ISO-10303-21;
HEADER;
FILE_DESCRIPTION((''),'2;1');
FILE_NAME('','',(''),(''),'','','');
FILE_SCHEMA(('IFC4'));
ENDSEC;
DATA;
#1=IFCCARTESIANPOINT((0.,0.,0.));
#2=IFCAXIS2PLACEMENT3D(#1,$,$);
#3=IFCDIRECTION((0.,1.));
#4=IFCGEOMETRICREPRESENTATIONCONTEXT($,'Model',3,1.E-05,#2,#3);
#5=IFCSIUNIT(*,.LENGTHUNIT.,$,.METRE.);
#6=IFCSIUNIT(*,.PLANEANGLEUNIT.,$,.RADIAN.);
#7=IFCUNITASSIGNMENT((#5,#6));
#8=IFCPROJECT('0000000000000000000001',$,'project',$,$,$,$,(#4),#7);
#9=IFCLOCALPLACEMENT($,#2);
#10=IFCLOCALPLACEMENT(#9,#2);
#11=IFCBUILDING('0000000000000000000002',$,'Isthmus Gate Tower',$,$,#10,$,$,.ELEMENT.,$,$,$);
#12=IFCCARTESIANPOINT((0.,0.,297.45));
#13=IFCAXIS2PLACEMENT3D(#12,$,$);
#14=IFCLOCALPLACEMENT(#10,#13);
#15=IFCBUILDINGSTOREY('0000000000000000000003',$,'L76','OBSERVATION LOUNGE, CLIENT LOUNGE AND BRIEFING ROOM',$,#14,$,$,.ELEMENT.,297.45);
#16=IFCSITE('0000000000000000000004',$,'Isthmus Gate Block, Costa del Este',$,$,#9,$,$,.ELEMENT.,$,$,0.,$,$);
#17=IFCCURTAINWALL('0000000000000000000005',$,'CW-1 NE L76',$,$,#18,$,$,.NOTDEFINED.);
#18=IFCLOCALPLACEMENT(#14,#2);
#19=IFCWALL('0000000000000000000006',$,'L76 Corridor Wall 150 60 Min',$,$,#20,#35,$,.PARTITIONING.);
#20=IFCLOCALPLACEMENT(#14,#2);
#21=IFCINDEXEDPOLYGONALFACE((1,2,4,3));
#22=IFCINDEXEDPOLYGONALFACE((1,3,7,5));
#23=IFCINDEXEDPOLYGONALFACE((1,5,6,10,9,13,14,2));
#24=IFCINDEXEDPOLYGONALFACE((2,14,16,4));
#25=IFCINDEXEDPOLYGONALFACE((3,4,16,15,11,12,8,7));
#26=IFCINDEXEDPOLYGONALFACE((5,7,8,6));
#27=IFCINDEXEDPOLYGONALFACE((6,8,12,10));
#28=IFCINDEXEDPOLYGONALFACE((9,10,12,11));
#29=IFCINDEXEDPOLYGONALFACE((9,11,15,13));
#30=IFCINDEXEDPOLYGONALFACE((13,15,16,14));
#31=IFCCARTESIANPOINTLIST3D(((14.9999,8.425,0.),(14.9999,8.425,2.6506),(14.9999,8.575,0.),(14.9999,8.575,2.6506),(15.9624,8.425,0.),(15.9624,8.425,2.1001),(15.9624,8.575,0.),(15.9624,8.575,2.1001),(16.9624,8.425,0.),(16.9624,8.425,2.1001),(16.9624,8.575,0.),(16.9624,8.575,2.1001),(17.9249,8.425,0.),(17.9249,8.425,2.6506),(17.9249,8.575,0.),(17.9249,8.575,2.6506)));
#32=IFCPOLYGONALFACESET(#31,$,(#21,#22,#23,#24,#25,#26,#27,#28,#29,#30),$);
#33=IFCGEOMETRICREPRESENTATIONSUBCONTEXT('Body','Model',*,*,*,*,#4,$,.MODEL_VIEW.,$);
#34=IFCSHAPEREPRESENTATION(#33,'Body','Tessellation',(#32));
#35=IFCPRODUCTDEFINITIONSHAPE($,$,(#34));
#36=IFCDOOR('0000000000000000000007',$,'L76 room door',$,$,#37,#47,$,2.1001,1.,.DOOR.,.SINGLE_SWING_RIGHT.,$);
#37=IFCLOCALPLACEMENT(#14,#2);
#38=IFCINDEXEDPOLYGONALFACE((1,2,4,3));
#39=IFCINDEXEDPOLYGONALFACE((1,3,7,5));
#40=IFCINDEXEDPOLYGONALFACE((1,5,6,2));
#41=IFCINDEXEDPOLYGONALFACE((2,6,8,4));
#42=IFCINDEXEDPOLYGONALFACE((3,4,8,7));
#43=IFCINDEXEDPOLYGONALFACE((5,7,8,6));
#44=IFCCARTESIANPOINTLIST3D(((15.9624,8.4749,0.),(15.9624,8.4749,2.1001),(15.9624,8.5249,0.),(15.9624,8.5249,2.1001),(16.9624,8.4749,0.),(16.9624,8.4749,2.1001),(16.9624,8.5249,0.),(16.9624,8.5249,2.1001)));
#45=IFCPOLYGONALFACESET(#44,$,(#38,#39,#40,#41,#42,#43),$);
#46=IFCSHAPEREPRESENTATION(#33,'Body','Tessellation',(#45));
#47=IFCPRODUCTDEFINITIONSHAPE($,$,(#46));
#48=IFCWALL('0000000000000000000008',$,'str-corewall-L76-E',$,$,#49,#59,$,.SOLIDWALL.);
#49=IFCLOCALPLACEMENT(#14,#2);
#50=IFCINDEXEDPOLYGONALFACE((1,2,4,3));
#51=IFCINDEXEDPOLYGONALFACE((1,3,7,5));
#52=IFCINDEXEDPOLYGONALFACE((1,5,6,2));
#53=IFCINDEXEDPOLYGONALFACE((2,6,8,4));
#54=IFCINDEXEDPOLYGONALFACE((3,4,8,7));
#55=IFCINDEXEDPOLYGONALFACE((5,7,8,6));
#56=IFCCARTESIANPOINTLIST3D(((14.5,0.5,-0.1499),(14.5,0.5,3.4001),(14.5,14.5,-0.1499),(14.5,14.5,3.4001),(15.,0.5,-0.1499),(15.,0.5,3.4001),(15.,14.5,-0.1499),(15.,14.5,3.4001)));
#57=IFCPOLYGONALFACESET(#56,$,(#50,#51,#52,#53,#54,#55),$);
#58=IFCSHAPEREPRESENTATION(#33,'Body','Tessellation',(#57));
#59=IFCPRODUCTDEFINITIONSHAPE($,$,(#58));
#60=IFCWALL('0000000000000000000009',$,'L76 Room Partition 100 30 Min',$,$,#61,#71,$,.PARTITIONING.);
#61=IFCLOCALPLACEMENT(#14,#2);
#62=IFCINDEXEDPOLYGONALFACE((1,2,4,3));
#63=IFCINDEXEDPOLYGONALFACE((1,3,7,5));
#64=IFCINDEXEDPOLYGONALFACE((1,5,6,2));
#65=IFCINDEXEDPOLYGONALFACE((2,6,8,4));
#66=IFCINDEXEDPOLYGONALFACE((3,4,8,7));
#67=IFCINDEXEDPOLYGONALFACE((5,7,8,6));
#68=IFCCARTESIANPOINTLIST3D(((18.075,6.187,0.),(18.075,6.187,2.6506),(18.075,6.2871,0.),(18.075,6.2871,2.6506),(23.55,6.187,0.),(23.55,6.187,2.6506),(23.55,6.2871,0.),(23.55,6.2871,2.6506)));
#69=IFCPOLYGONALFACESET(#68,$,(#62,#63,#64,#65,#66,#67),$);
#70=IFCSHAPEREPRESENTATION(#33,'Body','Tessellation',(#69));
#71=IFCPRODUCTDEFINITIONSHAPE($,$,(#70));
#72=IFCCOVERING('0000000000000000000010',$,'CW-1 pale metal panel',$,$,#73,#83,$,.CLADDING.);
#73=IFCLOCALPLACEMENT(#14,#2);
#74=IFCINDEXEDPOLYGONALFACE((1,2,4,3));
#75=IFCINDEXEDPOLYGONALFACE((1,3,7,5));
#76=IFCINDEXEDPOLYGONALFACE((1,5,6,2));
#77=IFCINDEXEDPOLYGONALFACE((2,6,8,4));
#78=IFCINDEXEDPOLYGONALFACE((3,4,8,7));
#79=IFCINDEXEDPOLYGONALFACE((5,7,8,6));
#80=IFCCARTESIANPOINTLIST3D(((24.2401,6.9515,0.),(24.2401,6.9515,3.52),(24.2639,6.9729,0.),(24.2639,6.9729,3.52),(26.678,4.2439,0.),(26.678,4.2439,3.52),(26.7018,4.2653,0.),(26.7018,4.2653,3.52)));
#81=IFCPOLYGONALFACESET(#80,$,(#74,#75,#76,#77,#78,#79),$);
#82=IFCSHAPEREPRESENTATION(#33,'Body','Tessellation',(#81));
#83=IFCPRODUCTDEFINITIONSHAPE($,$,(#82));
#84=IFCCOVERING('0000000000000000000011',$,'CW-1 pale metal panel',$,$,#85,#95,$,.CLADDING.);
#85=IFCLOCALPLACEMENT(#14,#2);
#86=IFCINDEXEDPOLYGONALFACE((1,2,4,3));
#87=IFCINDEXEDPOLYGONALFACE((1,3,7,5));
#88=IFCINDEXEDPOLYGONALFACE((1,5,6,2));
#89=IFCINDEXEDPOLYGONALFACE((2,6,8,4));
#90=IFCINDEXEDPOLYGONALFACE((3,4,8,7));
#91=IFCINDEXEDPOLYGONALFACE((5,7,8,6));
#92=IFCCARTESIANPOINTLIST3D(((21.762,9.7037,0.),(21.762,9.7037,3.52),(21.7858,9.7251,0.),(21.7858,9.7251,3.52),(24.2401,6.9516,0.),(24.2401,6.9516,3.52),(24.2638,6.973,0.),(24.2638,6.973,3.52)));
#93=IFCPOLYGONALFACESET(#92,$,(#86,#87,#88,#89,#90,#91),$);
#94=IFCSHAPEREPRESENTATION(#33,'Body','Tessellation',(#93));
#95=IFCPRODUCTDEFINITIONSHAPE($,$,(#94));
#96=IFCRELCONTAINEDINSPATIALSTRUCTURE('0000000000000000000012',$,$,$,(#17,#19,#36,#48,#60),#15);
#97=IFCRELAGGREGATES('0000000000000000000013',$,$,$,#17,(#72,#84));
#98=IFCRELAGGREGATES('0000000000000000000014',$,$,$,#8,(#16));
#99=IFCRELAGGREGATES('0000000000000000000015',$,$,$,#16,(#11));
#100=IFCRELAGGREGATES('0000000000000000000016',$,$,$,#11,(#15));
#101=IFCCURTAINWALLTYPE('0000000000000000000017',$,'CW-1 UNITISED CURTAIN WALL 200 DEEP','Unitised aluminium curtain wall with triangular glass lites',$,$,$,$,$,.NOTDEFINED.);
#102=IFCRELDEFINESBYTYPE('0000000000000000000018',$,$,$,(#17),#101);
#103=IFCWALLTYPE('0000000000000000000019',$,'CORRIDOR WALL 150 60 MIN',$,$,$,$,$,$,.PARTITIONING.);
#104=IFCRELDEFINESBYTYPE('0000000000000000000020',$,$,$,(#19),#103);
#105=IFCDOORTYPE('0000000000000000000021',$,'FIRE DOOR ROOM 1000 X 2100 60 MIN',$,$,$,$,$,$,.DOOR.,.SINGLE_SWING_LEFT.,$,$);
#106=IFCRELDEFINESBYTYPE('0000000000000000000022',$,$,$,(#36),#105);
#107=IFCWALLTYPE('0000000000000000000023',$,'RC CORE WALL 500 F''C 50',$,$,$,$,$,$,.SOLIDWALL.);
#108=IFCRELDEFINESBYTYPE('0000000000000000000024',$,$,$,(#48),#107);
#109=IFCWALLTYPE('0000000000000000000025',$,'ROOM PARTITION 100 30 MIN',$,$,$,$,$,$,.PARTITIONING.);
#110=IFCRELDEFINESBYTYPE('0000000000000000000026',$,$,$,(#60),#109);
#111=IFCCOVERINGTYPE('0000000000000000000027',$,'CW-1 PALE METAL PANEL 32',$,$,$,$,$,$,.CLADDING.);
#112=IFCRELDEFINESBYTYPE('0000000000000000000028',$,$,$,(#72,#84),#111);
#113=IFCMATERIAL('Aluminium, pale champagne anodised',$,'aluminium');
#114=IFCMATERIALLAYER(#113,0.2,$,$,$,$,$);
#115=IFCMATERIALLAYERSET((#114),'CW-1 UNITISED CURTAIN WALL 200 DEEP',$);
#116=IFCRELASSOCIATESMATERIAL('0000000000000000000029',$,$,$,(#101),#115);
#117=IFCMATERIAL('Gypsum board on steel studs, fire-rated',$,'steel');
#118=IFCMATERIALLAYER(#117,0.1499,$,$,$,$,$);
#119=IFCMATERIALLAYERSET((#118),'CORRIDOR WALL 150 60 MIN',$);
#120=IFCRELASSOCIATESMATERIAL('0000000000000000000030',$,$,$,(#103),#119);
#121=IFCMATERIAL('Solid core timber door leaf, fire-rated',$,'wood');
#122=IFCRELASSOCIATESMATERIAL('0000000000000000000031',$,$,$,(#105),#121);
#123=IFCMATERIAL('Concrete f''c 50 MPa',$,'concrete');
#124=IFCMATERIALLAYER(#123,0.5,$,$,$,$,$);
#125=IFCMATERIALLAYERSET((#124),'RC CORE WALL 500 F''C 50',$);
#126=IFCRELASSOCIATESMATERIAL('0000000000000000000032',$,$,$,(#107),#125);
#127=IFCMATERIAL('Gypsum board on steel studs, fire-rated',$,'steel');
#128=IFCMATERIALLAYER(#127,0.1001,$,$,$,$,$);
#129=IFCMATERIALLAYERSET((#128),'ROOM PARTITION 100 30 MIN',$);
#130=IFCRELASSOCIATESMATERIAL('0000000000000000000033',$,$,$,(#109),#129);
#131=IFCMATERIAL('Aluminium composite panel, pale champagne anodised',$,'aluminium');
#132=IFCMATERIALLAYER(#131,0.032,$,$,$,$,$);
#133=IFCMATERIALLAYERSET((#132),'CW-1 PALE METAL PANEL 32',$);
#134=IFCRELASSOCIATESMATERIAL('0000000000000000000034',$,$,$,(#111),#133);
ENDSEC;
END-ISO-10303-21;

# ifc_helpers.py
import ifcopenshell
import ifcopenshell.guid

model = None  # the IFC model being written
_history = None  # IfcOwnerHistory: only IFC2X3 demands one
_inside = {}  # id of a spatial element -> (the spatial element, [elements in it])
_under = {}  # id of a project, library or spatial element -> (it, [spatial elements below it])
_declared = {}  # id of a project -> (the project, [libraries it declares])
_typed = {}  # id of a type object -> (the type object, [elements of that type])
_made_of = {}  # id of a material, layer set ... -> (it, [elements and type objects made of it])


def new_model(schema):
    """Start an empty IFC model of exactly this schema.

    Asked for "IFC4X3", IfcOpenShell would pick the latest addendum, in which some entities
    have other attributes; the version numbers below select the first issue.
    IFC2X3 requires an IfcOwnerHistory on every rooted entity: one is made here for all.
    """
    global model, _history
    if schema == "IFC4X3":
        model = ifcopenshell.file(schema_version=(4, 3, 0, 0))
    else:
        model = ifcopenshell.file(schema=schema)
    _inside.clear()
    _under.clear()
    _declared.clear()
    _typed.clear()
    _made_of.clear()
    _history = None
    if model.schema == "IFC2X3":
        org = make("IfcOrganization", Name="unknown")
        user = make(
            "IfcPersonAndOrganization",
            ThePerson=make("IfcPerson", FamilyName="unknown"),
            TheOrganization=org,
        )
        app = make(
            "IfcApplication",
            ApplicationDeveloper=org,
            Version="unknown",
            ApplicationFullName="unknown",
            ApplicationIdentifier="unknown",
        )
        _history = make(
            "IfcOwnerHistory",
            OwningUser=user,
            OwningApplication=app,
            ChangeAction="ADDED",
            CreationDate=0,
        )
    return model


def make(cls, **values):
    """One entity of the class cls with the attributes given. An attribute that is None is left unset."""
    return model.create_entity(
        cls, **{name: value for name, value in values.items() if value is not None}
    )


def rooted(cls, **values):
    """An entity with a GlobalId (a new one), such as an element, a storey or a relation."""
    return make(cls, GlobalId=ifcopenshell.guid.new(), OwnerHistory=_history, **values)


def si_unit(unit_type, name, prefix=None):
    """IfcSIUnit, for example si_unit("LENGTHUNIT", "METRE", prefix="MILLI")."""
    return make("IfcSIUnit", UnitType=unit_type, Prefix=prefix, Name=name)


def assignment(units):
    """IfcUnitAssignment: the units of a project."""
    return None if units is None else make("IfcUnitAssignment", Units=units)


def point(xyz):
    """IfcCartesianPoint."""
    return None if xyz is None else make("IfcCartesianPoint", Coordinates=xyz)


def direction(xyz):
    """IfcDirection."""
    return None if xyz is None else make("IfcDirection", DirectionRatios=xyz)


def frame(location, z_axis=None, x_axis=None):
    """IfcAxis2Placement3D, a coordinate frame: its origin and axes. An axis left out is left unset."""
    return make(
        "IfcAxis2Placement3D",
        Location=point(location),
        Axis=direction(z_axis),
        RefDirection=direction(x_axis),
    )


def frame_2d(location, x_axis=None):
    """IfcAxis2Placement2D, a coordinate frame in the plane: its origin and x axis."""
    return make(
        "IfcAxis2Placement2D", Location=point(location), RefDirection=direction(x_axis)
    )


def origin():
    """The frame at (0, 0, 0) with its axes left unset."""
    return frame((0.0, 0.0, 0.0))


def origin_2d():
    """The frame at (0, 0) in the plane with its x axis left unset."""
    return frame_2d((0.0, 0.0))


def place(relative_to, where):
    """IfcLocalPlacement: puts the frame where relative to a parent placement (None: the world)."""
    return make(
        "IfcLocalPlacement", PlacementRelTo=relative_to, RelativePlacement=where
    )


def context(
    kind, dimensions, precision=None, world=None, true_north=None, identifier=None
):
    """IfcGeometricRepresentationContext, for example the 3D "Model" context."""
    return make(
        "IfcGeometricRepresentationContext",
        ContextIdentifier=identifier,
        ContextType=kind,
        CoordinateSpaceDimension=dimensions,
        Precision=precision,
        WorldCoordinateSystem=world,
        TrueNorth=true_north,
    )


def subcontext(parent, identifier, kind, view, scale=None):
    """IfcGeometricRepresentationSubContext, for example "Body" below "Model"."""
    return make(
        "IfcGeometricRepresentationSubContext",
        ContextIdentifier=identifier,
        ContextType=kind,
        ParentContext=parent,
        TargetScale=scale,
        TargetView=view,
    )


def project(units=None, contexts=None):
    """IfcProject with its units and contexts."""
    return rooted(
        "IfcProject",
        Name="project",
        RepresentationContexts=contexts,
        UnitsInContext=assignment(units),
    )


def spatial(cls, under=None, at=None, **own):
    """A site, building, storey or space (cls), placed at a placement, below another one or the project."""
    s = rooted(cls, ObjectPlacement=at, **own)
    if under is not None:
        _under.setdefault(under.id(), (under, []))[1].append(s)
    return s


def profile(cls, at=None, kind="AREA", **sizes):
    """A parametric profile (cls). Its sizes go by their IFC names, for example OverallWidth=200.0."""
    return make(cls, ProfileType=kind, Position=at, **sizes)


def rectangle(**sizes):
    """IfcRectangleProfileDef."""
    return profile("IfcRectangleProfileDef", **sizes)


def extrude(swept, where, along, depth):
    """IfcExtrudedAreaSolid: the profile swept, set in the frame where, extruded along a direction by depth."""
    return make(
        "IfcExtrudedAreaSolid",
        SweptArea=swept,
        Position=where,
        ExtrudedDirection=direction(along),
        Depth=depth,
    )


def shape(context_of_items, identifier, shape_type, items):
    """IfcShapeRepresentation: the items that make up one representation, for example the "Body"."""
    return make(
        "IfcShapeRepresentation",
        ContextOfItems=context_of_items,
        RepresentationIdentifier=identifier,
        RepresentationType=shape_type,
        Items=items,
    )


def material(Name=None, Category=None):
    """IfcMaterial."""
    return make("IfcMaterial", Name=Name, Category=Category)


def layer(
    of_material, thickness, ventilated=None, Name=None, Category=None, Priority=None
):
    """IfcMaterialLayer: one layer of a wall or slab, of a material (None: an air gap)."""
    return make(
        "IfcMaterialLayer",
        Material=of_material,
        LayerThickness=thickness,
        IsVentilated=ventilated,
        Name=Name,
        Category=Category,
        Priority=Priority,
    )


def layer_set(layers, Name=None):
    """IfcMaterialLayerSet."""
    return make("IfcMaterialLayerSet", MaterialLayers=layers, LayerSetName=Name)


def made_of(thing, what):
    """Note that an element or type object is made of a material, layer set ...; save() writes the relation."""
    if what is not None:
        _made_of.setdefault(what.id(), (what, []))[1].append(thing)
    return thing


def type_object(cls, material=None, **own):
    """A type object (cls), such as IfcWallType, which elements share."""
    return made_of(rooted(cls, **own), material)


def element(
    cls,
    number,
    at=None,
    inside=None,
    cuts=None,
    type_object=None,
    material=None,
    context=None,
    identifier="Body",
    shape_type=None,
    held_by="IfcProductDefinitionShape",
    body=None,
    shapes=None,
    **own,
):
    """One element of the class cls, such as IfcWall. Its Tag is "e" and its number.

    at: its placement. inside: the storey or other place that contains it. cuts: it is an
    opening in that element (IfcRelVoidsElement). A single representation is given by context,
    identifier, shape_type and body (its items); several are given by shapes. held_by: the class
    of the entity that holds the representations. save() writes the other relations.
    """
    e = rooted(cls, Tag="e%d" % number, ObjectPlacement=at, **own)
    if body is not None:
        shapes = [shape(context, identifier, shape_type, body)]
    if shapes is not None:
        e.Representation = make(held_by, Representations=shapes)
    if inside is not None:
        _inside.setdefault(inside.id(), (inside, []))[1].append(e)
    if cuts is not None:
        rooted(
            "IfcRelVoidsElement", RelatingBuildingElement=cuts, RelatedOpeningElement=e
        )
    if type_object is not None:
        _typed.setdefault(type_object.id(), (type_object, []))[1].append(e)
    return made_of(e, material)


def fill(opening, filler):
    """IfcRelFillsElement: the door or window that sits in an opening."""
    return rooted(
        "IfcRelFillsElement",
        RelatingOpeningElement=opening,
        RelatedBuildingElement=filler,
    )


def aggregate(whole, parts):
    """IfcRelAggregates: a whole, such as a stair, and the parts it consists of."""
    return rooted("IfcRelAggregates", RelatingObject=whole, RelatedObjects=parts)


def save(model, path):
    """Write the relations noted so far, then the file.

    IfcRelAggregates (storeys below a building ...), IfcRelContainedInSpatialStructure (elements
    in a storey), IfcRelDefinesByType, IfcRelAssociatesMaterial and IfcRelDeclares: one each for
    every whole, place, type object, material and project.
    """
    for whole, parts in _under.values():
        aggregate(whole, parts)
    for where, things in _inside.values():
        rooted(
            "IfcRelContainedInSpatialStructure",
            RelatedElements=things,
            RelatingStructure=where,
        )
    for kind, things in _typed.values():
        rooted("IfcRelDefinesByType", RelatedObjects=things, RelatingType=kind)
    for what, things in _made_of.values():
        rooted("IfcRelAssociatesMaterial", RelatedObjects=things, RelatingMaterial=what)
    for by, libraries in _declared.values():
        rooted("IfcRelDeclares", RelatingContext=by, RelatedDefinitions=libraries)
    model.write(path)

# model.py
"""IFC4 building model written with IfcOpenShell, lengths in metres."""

from ifc_helpers import new_model, si_unit, direction, frame, frame_2d, origin, origin_2d, place, context, subcontext, project, spatial, rectangle, extrude, material, layer, layer_set, type_object, element, fill, aggregate, save


model = new_model("IFC4")

# Units and contexts
model_context = context("Model", 3, precision=1e-05, world=origin(), true_north=direction((0.0, 1.0)))
body_context = subcontext(model_context, "Body", "Model", "MODEL_VIEW")
ifc_project = project(units=[si_unit("LENGTHUNIT", "METRE"), si_unit("PLANEANGLEUNIT", "RADIAN")], contexts=[model_context])

# Site, building, storey
site_placement = place(None, origin())
site = spatial("IfcSite", under=ifc_project, at=site_placement, Name="Isthmus Gate Block, Costa del Este", CompositionType="ELEMENT", RefElevation=0.0)
building_placement = place(site_placement, origin())
building = spatial("IfcBuilding", under=site, at=building_placement, Name="Isthmus Gate Tower", CompositionType="ELEMENT")
storey_placement = place(building_placement, frame((0.0, 0.0, 297.45)))
storey = spatial("IfcBuildingStorey", under=building, at=storey_placement, Name="L76", Description="OBSERVATION LOUNGE, CLIENT LOUNGE AND BRIEFING ROOM", CompositionType="ELEMENT", Elevation=297.45)

# Curtain wall
ifc_material_1 = material(Name="Aluminium, pale champagne anodised", Category="aluminium")
ifc_layer_1 = layer(ifc_material_1, 0.2)
ifc_layer_set_1 = layer_set([ifc_layer_1], Name="CW-1 UNITISED CURTAIN WALL 200 DEEP")
curtain_wall_type = type_object("IfcCurtainWallType", Name="CW-1 UNITISED CURTAIN WALL 200 DEEP", Description="Unitised aluminium curtain wall with triangular glass lites", PredefinedType="NOTDEFINED", material=ifc_layer_set_1)
curtain_wall_1_placement = place(storey_placement, origin())
curtain_wall_1 = element("IfcCurtainWall", 1, at=curtain_wall_1_placement, inside=storey, type_object=curtain_wall_type, Name="CW-1 NE L76", PredefinedType="NOTDEFINED")

# Shared definitions
ifc_material_2 = material(Name="Gypsum board on steel studs, fire-rated", Category="steel")
ifc_layer_2 = layer(ifc_material_2, 0.1499)
ifc_layer_set_2 = layer_set([ifc_layer_2], Name="CORRIDOR WALL 150 60 MIN")
wall_type_1 = type_object("IfcWallType", Name="CORRIDOR WALL 150 60 MIN", PredefinedType="PARTITIONING", material=ifc_layer_set_2)

# Wall, opening, door
wall_1_placement = place(storey_placement, frame((15.0, 8.5, 0.0), z_axis=(0.0, 0.0, 1.0), x_axis=(1.0, 0.0, 0.0)))
wall_1 = element("IfcWall", 2, at=wall_1_placement, inside=storey, type_object=wall_type_1, Name="L76 Corridor Wall 150 60 Min", PredefinedType="PARTITIONING", context=body_context, shape_type="SweptSolid", body=[
    extrude(rectangle(XDim=2.925, YDim=0.1499, at=frame_2d((1.4624, 0.0))), origin(), (0.0, 0.0, 1.0), 2.6506),
])
opening_1_placement = place(wall_1_placement, frame((0.9624, 0.0, 0.0)))
opening_1 = element("IfcOpeningElement", 3, at=opening_1_placement, cuts=wall_1, PredefinedType="OPENING", context=body_context, shape_type="SweptSolid", body=[
    extrude(rectangle(XDim=1.0, YDim=2.1001, at=frame_2d((0.5, 1.05))), frame((0.0, 0.085, 0.0), z_axis=(0.0, -1.0, 0.0), x_axis=(1.0, 0.0, 0.0)), (0.0, 0.0, 1.0), 0.1699),
])
ifc_material_3 = material(Name="Solid core timber door leaf, fire-rated", Category="wood")
door_type_1 = type_object("IfcDoorType", Name="FIRE DOOR ROOM 1000 X 2100 60 MIN", OperationType="SINGLE_SWING_LEFT", PredefinedType="DOOR", material=ifc_material_3)
door_1_placement = place(opening_1_placement, origin())
door_1 = element("IfcDoor", 4, at=door_1_placement, inside=storey, type_object=door_type_1, Name="L76 room door", OperationType="SINGLE_SWING_RIGHT", OverallHeight=2.1001, OverallWidth=1.0, PredefinedType="DOOR", context=body_context, shape_type="SweptSolid", body=[
    extrude(rectangle(XDim=1.0, YDim=2.1001, at=frame_2d((0.5, 1.05))), frame((0.0, 0.0249, 0.0), z_axis=(0.0, -1.0, 0.0), x_axis=(1.0, 0.0, 0.0)), (0.0, 0.0, 1.0), 0.05),
])
fill(opening_1, door_1)

# Walls
ifc_material_4 = material(Name="Concrete f'c 50 MPa", Category="concrete")
ifc_layer_3 = layer(ifc_material_4, 0.5)
ifc_layer_set_3 = layer_set([ifc_layer_3], Name="RC CORE WALL 500 F'C 50")
wall_type_2 = type_object("IfcWallType", Name="RC CORE WALL 500 F'C 50", PredefinedType="SOLIDWALL", material=ifc_layer_set_3)
wall_2_placement = place(storey_placement, frame((14.75, 0.5, -0.1499), z_axis=(0.0, 0.0, 1.0), x_axis=(0.0, 1.0, 0.0)))
element("IfcWall", 5, at=wall_2_placement, inside=storey, type_object=wall_type_2, Name="str-corewall-L76-E", PredefinedType="SOLIDWALL", context=body_context, shape_type="SweptSolid", body=[
    extrude(rectangle(XDim=14.0, YDim=0.5, at=frame_2d((7.0, 0.0))), origin(), (0.0, 0.0, 1.0), 3.55),
])
ifc_material_5 = material(Name="Gypsum board on steel studs, fire-rated", Category="steel")
ifc_layer_4 = layer(ifc_material_5, 0.1001)
ifc_layer_set_4 = layer_set([ifc_layer_4], Name="ROOM PARTITION 100 30 MIN")
wall_type_3 = type_object("IfcWallType", Name="ROOM PARTITION 100 30 MIN", PredefinedType="PARTITIONING", material=ifc_layer_set_4)
wall_3_placement = place(storey_placement, frame((18.075, 6.2371, 0.0), z_axis=(0.0, 0.0, 1.0), x_axis=(1.0, 0.0, 0.0)))
element("IfcWall", 6, at=wall_3_placement, inside=storey, type_object=wall_type_3, Name="L76 Room Partition 100 30 Min", PredefinedType="PARTITIONING", context=body_context, shape_type="SweptSolid", body=[
    extrude(rectangle(XDim=5.4751, YDim=0.1001, at=frame_2d((2.7375, 0.0))), origin(), (0.0, 0.0, 1.0), 2.6506),
])

# Coverings
ifc_material_6 = material(Name="Aluminium composite panel, pale champagne anodised", Category="aluminium")
ifc_layer_5 = layer(ifc_material_6, 0.032)
ifc_layer_set_5 = layer_set([ifc_layer_5], Name="CW-1 PALE METAL PANEL 32")
covering_type = type_object("IfcCoveringType", Name="CW-1 PALE METAL PANEL 32", PredefinedType="CLADDING", material=ifc_layer_set_5)
covering_1_placement = place(storey_placement, frame((25.4709, 5.6084, 0.0), z_axis=(0.0, 0.0, 1.0), x_axis=(-0.669131, 0.743145, 0.0)))
covering_1 = element("IfcCovering", 7, at=covering_1_placement, type_object=covering_type, Name="CW-1 pale metal panel", PredefinedType="CLADDING", context=body_context, shape_type="SweptSolid", body=[
    extrude(rectangle(XDim=3.6433, YDim=0.032, at=origin_2d()), origin(), (0.0, 0.0, 1.0), 3.52),
])
covering_2_placement = place(storey_placement, frame((23.0129, 8.3384, 0.0), z_axis=(0.0, 0.0, 1.0), x_axis=(-0.669131, 0.743145, 0.0)))
covering_2 = element("IfcCovering", 8, at=covering_2_placement, type_object=covering_type, Name="CW-1 pale metal panel", PredefinedType="CLADDING", context=body_context, shape_type="SweptSolid", body=[
    extrude(rectangle(XDim=3.7034, YDim=0.032, at=origin_2d()), origin(), (0.0, 0.0, 1.0), 3.52),
])
aggregate(curtain_wall_1, [covering_1, covering_2])

save(model, "model.ifc")
